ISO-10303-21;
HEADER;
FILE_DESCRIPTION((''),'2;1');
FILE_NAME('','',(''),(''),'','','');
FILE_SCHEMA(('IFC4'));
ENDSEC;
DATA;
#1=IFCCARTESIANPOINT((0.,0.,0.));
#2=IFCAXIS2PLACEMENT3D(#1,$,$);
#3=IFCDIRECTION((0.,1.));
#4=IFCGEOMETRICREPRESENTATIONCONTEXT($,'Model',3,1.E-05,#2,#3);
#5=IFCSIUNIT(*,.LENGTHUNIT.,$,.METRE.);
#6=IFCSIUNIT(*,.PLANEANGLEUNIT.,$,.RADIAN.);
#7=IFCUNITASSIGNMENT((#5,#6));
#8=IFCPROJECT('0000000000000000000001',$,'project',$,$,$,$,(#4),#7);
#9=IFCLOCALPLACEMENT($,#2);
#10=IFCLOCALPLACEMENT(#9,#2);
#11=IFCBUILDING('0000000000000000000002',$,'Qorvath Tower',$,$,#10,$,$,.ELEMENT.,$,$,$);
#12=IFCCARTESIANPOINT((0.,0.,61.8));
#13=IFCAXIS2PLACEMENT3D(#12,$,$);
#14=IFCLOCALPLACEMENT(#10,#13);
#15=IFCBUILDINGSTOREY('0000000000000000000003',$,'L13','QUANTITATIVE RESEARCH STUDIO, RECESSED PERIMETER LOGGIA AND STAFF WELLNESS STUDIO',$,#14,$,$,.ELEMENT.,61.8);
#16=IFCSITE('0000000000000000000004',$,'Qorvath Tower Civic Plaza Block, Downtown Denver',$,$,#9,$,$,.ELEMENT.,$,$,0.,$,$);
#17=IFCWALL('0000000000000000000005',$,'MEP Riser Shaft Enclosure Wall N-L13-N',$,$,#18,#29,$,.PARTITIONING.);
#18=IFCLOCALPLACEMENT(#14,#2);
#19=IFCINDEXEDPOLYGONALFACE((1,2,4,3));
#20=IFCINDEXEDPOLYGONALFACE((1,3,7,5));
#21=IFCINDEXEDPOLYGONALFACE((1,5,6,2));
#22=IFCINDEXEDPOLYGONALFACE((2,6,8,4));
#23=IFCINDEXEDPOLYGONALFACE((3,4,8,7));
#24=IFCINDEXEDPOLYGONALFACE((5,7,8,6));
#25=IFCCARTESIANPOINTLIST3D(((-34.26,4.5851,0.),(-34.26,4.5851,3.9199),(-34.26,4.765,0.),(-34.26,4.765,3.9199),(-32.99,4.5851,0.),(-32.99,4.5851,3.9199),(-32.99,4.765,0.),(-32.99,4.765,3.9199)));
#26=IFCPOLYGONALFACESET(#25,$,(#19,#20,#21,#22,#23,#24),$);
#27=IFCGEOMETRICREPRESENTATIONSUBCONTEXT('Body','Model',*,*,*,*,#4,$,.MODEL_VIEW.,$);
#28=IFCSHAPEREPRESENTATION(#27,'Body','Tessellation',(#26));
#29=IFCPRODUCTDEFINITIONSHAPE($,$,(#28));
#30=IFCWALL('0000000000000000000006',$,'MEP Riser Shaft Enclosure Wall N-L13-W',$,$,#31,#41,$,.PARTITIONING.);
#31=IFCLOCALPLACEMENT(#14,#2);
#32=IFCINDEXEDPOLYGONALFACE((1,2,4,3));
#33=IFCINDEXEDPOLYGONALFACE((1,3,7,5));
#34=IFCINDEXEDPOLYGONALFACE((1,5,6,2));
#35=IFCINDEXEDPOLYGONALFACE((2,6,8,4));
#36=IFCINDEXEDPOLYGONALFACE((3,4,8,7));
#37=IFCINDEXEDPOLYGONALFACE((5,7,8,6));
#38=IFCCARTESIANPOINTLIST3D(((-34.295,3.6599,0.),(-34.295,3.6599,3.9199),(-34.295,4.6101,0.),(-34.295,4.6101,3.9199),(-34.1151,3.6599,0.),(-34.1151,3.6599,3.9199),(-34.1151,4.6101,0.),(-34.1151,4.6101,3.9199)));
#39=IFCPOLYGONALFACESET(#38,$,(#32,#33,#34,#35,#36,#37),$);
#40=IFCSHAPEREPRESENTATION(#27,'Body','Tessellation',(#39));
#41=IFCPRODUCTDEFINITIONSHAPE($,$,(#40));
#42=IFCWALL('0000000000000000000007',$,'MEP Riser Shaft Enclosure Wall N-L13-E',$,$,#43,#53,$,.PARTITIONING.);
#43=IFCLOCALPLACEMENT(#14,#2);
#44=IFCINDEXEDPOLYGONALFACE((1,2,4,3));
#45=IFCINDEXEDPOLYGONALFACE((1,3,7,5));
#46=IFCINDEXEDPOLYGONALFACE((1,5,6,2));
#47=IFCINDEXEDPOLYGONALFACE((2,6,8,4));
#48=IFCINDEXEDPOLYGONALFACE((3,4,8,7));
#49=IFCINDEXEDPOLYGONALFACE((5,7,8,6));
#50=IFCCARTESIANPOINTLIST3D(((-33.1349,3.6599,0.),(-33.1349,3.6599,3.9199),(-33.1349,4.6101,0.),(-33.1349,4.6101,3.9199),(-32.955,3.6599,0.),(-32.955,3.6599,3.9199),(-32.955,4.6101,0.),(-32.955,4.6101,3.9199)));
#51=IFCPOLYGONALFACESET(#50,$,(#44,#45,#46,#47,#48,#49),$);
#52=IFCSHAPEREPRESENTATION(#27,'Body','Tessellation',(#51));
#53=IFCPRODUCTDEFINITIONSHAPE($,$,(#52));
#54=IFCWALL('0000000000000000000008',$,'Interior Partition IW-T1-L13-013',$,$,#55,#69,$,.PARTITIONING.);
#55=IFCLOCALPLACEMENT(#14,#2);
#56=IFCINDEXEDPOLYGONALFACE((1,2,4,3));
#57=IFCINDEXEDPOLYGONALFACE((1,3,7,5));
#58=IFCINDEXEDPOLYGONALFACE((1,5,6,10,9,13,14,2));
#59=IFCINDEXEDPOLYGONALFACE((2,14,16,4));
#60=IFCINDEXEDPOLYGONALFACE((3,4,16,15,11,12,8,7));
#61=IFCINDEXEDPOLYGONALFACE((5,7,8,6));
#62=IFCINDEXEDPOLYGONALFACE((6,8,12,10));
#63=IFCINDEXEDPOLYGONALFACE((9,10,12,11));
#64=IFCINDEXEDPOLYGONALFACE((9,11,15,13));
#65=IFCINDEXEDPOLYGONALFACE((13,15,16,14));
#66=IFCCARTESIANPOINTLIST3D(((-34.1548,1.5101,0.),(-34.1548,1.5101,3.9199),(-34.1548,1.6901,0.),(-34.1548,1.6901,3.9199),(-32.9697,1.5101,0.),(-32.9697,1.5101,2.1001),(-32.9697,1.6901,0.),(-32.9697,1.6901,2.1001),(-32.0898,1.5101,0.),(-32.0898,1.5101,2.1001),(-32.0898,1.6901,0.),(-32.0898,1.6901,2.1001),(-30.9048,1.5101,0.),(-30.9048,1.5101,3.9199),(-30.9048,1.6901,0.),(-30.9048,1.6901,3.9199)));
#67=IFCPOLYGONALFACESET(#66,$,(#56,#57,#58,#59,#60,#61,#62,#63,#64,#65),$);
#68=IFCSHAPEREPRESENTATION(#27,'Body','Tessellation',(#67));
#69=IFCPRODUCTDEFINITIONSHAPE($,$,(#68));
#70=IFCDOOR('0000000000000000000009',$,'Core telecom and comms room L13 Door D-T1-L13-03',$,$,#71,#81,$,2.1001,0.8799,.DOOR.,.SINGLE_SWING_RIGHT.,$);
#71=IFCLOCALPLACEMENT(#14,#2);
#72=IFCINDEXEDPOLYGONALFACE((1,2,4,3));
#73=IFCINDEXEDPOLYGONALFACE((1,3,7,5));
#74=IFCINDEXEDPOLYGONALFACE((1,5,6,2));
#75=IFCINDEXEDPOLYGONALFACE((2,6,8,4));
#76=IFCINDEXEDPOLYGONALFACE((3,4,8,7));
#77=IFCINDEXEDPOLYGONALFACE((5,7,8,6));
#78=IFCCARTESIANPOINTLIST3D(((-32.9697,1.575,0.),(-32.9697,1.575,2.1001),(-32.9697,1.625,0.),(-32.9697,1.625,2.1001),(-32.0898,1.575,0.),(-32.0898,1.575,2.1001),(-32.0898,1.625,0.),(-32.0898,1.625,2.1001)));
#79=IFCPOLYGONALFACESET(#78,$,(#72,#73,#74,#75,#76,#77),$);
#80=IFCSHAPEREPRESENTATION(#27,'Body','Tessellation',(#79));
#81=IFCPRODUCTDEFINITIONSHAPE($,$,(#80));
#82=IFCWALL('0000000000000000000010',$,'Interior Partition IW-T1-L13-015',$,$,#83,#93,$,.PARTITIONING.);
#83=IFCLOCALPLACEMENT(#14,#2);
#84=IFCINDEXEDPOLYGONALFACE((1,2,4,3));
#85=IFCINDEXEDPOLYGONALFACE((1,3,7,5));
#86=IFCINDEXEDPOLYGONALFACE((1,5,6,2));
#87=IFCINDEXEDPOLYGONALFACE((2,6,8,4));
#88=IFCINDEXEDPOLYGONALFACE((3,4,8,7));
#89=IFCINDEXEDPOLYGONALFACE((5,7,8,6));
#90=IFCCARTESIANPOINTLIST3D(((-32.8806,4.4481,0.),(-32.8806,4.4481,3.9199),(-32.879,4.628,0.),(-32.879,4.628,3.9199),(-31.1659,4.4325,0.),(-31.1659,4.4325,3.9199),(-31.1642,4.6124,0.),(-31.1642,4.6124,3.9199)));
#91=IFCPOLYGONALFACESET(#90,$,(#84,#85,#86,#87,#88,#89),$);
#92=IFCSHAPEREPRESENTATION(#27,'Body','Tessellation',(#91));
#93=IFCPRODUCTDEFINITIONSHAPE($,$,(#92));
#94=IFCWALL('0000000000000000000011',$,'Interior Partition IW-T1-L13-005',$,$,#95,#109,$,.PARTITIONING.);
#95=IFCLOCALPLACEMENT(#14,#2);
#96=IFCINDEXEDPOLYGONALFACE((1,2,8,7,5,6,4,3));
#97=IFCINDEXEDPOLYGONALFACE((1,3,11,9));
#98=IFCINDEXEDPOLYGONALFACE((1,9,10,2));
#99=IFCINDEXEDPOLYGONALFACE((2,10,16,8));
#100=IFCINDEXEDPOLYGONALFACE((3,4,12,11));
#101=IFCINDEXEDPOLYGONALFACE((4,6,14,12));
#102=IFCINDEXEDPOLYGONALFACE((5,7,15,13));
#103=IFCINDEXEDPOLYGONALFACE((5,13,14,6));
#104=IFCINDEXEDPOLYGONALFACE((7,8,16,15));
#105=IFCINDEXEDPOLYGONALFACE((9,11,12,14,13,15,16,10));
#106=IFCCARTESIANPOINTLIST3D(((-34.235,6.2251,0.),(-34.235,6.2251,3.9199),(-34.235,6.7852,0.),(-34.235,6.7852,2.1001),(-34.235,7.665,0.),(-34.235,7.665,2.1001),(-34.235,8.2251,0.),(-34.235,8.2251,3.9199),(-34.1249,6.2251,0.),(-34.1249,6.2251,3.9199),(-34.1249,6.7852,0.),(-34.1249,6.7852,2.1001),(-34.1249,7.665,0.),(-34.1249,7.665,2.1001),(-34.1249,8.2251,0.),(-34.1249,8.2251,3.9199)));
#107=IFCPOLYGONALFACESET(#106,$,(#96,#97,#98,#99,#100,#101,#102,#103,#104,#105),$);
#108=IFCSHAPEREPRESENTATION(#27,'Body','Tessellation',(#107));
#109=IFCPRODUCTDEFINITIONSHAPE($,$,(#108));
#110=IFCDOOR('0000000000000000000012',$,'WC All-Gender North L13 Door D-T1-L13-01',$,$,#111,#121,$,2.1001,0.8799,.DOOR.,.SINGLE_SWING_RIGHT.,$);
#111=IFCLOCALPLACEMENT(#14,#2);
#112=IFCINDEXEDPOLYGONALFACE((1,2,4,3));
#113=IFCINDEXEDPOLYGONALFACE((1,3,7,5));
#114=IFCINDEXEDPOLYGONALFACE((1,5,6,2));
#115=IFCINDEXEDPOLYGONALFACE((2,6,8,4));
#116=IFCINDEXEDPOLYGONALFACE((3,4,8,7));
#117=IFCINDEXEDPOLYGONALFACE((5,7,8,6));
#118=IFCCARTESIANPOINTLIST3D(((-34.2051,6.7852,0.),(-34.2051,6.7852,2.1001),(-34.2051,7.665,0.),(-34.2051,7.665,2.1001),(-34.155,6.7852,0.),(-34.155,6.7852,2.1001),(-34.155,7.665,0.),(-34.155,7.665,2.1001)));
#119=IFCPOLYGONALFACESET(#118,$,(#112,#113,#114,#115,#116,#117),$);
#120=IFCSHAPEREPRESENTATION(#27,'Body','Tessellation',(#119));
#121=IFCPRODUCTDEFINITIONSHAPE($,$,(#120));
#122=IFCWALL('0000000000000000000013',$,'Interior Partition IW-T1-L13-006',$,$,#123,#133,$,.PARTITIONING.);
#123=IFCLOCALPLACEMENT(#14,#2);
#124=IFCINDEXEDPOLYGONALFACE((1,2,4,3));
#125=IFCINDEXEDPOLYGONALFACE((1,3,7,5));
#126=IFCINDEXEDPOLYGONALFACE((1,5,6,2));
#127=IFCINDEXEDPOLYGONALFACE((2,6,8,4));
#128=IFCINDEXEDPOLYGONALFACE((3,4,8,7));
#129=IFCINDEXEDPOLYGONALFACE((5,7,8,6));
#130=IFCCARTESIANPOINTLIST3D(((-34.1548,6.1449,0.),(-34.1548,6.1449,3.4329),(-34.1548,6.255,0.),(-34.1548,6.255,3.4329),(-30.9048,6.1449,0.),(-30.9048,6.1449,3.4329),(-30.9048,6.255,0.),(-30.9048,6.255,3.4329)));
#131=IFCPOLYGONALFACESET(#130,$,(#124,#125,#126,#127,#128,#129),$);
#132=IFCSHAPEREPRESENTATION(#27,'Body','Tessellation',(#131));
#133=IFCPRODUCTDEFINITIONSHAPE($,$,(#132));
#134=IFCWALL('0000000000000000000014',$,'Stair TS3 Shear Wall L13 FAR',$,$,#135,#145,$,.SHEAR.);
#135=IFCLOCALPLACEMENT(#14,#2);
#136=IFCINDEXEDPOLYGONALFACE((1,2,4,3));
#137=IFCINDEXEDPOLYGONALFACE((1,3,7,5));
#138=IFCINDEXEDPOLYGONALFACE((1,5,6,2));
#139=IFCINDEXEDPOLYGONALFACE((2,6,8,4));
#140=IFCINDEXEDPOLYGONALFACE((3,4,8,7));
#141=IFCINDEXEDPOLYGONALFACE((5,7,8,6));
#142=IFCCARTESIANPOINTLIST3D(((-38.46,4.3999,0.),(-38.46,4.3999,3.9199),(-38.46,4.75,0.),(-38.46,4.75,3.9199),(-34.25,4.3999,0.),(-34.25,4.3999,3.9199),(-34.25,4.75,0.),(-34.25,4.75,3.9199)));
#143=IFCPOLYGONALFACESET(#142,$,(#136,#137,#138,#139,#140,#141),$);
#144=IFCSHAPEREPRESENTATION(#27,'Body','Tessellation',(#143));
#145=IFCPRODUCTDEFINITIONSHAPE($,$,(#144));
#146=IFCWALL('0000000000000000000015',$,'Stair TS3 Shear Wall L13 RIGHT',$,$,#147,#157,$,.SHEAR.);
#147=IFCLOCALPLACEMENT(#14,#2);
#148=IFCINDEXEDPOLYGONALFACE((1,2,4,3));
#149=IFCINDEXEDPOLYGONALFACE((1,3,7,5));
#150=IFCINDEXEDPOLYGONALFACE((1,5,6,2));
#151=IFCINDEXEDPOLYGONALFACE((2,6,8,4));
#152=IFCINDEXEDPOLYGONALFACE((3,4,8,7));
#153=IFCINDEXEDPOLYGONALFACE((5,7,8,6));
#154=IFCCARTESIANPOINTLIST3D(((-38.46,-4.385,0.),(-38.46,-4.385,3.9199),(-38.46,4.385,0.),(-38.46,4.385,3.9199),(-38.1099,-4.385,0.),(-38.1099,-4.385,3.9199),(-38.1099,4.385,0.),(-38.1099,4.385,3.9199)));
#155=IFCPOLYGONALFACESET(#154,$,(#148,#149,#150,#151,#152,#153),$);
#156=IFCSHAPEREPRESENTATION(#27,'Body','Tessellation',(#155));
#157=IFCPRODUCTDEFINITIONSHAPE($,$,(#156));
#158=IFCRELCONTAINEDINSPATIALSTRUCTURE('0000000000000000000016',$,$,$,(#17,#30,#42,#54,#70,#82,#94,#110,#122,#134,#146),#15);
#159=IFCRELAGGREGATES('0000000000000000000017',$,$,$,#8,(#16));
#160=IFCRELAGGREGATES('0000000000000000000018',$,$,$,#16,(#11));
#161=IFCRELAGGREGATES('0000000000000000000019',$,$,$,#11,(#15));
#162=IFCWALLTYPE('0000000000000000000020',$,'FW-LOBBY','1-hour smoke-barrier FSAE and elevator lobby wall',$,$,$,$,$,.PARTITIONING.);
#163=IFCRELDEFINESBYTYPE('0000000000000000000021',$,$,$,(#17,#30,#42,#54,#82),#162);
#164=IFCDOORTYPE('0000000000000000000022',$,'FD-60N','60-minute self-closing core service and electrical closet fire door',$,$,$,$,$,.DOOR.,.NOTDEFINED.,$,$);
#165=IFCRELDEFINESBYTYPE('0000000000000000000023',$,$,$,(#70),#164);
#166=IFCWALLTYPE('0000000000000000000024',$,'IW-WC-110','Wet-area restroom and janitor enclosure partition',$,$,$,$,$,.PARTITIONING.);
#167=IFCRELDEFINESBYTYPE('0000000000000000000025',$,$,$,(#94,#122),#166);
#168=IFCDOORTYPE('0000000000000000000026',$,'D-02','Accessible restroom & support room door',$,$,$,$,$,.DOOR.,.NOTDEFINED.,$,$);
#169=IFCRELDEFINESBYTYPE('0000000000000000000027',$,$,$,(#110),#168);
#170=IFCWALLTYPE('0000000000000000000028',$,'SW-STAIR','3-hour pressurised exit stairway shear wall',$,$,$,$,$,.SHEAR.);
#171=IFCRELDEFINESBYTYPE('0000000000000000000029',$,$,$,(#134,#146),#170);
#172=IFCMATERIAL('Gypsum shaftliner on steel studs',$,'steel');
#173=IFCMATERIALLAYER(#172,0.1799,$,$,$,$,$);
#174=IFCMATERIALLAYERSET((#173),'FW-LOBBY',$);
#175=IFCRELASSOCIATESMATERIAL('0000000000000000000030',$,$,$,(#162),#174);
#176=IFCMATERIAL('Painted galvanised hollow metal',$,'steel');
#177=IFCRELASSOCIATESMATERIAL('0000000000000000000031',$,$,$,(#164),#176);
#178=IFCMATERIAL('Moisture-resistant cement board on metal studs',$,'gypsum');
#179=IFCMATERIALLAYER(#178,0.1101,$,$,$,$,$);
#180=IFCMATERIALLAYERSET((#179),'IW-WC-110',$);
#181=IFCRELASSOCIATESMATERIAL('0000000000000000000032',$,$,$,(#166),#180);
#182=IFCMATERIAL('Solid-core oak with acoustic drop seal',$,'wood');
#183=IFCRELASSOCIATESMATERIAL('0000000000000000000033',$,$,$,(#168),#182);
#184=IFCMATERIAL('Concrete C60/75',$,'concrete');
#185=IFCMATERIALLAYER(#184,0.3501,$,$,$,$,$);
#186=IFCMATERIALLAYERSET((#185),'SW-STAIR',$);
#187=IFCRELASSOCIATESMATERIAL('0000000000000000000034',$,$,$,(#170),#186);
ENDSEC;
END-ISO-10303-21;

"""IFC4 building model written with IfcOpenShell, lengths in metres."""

from ifc_helpers import new_model, si_unit, direction, frame, frame_2d, origin, place, context, subcontext, project, spatial, rectangle, extrude, material, layer, layer_set, type_object, element, fill, save


model = new_model("IFC4")

# Units and contexts
model_context = context("Model", 3, precision=1e-05, world=origin(), true_north=direction((0.0, 1.0)))
body_context = subcontext(model_context, "Body", "Model", "MODEL_VIEW")
ifc_project = project(units=[si_unit("LENGTHUNIT", "METRE"), si_unit("PLANEANGLEUNIT", "RADIAN")], contexts=[model_context])

# Site, building, storey
site_placement = place(None, origin())
site = spatial("IfcSite", under=ifc_project, at=site_placement, Name="Qorvath Tower Civic Plaza Block, Downtown Denver", CompositionType="ELEMENT", RefElevation=0.0)
building_placement = place(site_placement, origin())
building = spatial("IfcBuilding", under=site, at=building_placement, Name="Qorvath Tower", CompositionType="ELEMENT")
storey_placement = place(building_placement, frame((0.0, 0.0, 61.8)))
storey = spatial("IfcBuildingStorey", under=building, at=storey_placement, Name="L13", Description="QUANTITATIVE RESEARCH STUDIO, RECESSED PERIMETER LOGGIA AND STAFF WELLNESS STUDIO", CompositionType="ELEMENT", Elevation=61.8)

# Walls
ifc_material_1 = material(Name="Gypsum shaftliner on steel studs", Category="steel")
ifc_layer_1 = layer(ifc_material_1, 0.1799)
ifc_layer_set_1 = layer_set([ifc_layer_1], Name="FW-LOBBY")
wall_type_1 = type_object("IfcWallType", Name="FW-LOBBY", Description="1-hour smoke-barrier FSAE and elevator lobby wall", PredefinedType="PARTITIONING", material=ifc_layer_set_1)
for number, where, z_axis, x_axis, name in (
    (1, (-34.26, 4.675, 0.0), (0.0, 0.0, 1.0), (1.0, 0.0, 0.0), "MEP Riser Shaft Enclosure Wall N-L13-N"),
):
    element("IfcWall", number, at=place(storey_placement, frame(where, z_axis=z_axis, x_axis=x_axis)), inside=storey, type_object=wall_type_1, Name=name, PredefinedType="PARTITIONING", context=body_context, shape_type="SweptSolid", body=[
        extrude(rectangle(XDim=1.27, YDim=0.1799, at=frame_2d((0.635, 0.0))), origin(), (0.0, 0.0, 1.0), 3.9199),
    ])
for number, where, z_axis, x_axis, name in (
    (2, (-34.2051, 3.6599, 0.0), (0.0, 0.0, 1.0), (0.0, 1.0, 0.0), "MEP Riser Shaft Enclosure Wall N-L13-W"),
    (3, (-33.0449, 4.6101, 0.0), (0.0, 0.0, 1.0), (0.0, -1.0, 0.0), "MEP Riser Shaft Enclosure Wall N-L13-E"),
):
    element("IfcWall", number, at=place(storey_placement, frame(where, z_axis=z_axis, x_axis=x_axis)), inside=storey, type_object=wall_type_1, Name=name, PredefinedType="PARTITIONING", context=body_context, shape_type="SweptSolid", body=[
        extrude(rectangle(XDim=0.9502, YDim=0.1799, at=frame_2d((0.4751, 0.0))), origin(), (0.0, 0.0, 1.0), 3.9199),
    ])

# Wall, opening, door
wall_1_placement = place(storey_placement, frame((-34.1548, 1.6001, 0.0), z_axis=(0.0, 0.0, 1.0), x_axis=(1.0, 0.0, 0.0)))
wall_1 = element("IfcWall", 4, at=wall_1_placement, inside=storey, type_object=wall_type_1, Name="Interior Partition IW-T1-L13-013", PredefinedType="PARTITIONING", context=body_context, shape_type="SweptSolid", body=[
    extrude(rectangle(XDim=3.25, YDim=0.1799, at=frame_2d((1.625, 0.0))), origin(), (0.0, 0.0, 1.0), 3.9199),
])
opening_1_placement = place(wall_1_placement, frame((1.1851, 0.0, 0.0)))
opening_1 = element("IfcOpeningElement", 5, at=opening_1_placement, cuts=wall_1, PredefinedType="OPENING", context=body_context, shape_type="SweptSolid", body=[
    extrude(rectangle(XDim=0.8799, YDim=2.1001, at=frame_2d((0.4399, 1.05))), frame((0.0, 0.1001, 0.0), z_axis=(0.0, -1.0, 0.0), x_axis=(1.0, 0.0, 0.0)), (0.0, 0.0, 1.0), 0.2),
])
ifc_material_2 = material(Name="Painted galvanised hollow metal", Category="steel")
door_type_1 = type_object("IfcDoorType", Name="FD-60N", Description="60-minute self-closing core service and electrical closet fire door", OperationType="NOTDEFINED", PredefinedType="DOOR", material=ifc_material_2)
door_1_placement = place(opening_1_placement, origin())
door_1 = element("IfcDoor", 6, at=door_1_placement, inside=storey, type_object=door_type_1, Name="Core telecom and comms room L13 Door D-T1-L13-03", OperationType="SINGLE_SWING_RIGHT", OverallHeight=2.1001, OverallWidth=0.8799, PredefinedType="DOOR", context=body_context, shape_type="SweptSolid", body=[
    extrude(rectangle(XDim=0.8799, YDim=2.1001, at=frame_2d((0.4399, 1.05))), frame((0.0, 0.0249, 0.0), z_axis=(0.0, -1.0, 0.0), x_axis=(1.0, 0.0, 0.0)), (0.0, 0.0, 1.0), 0.05),
])
fill(opening_1, door_1)

# Wall
wall_2_placement = place(storey_placement, frame((-31.165, 4.5225, 0.0), z_axis=(0.0, 0.0, 1.0), x_axis=(-0.999958, 0.009111, 0.0)))
element("IfcWall", 7, at=wall_2_placement, inside=storey, type_object=wall_type_1, Name="Interior Partition IW-T1-L13-015", PredefinedType="PARTITIONING", context=body_context, shape_type="SweptSolid", body=[
    extrude(rectangle(XDim=1.7148, YDim=0.1799, at=frame_2d((0.8574, 0.0))), origin(), (0.0, 0.0, 1.0), 3.9199),
])

# Wall, opening, door
ifc_material_3 = material(Name="Moisture-resistant cement board on metal studs", Category="gypsum")
ifc_layer_2 = layer(ifc_material_3, 0.1101)
ifc_layer_set_2 = layer_set([ifc_layer_2], Name="IW-WC-110")
wall_type_2 = type_object("IfcWallType", Name="IW-WC-110", Description="Wet-area restroom and janitor enclosure partition", PredefinedType="PARTITIONING", material=ifc_layer_set_2)
wall_3_placement = place(storey_placement, frame((-34.1799, 8.2251, 0.0), z_axis=(0.0, 0.0, 1.0), x_axis=(0.0, -1.0, 0.0)))
wall_3 = element("IfcWall", 8, at=wall_3_placement, inside=storey, type_object=wall_type_2, Name="Interior Partition IW-T1-L13-005", PredefinedType="PARTITIONING", context=body_context, shape_type="SweptSolid", body=[
    extrude(rectangle(XDim=2.0, YDim=0.1101, at=frame_2d((1.0, 0.0))), origin(), (0.0, 0.0, 1.0), 3.9199),
])
opening_2_placement = place(wall_3_placement, frame((0.5601, 0.0, 0.0)))
opening_2 = element("IfcOpeningElement", 9, at=opening_2_placement, cuts=wall_3, PredefinedType="OPENING", context=body_context, shape_type="SweptSolid", body=[
    extrude(rectangle(XDim=0.8799, YDim=2.1001, at=frame_2d((0.4399, 1.05))), frame((0.0, 0.0649, 0.0), z_axis=(0.0, -1.0, 0.0), x_axis=(1.0, 0.0, 0.0)), (0.0, 0.0, 1.0), 0.1301),
])
ifc_material_4 = material(Name="Solid-core oak with acoustic drop seal", Category="wood")
door_type_2 = type_object("IfcDoorType", Name="D-02", Description="Accessible restroom & support room door", OperationType="NOTDEFINED", PredefinedType="DOOR", material=ifc_material_4)
door_2_placement = place(opening_2_placement, origin())
door_2 = element("IfcDoor", 10, at=door_2_placement, inside=storey, type_object=door_type_2, Name="WC All-Gender North L13 Door D-T1-L13-01", OperationType="SINGLE_SWING_RIGHT", OverallHeight=2.1001, OverallWidth=0.8799, PredefinedType="DOOR", context=body_context, shape_type="SweptSolid", body=[
    extrude(rectangle(XDim=0.8799, YDim=2.1001, at=frame_2d((0.4399, 1.05))), frame((0.0, 0.0249, 0.0), z_axis=(0.0, -1.0, 0.0), x_axis=(1.0, 0.0, 0.0)), (0.0, 0.0, 1.0), 0.05),
])
fill(opening_2, door_2)

# Walls
wall_4_placement = place(storey_placement, frame((-34.1548, 6.2, 0.0), z_axis=(0.0, 0.0, 1.0), x_axis=(1.0, 0.0, 0.0)))
element("IfcWall", 11, at=wall_4_placement, inside=storey, type_object=wall_type_2, Name="Interior Partition IW-T1-L13-006", PredefinedType="PARTITIONING", context=body_context, shape_type="SweptSolid", body=[
    extrude(rectangle(XDim=3.25, YDim=0.1101, at=frame_2d((1.625, 0.0))), origin(), (0.0, 0.0, 1.0), 3.4329),
])
ifc_material_5 = material(Name="Concrete C60/75", Category="concrete")
ifc_layer_3 = layer(ifc_material_5, 0.3501)
ifc_layer_set_3 = layer_set([ifc_layer_3], Name="SW-STAIR")
wall_type_3 = type_object("IfcWallType", Name="SW-STAIR", Description="3-hour pressurised exit stairway shear wall", PredefinedType="SHEAR", material=ifc_layer_set_3)
wall_5_placement = place(storey_placement, frame((-34.25, 4.575, 0.0), z_axis=(0.0, 0.0, 1.0), x_axis=(-1.0, 0.0, 0.0)))
element("IfcWall", 12, at=wall_5_placement, inside=storey, type_object=wall_type_3, Name="Stair TS3 Shear Wall L13 FAR", PredefinedType="SHEAR", context=body_context, shape_type="SweptSolid", body=[
    extrude(rectangle(XDim=4.21, YDim=0.3501, at=frame_2d((2.105, 0.0))), origin(), (0.0, 0.0, 1.0), 3.9199),
])
wall_6_placement = place(storey_placement, frame((-38.2849, 4.385, 0.0), z_axis=(0.0, 0.0, 1.0), x_axis=(0.0, -1.0, 0.0)))
element("IfcWall", 13, at=wall_6_placement, inside=storey, type_object=wall_type_3, Name="Stair TS3 Shear Wall L13 RIGHT", PredefinedType="SHEAR", context=body_context, shape_type="SweptSolid", body=[
    extrude(rectangle(XDim=8.77, YDim=0.3501, at=frame_2d((4.385, 0.0))), origin(), (0.0, 0.0, 1.0), 3.9199),
])

save(model, "model.ifc")
